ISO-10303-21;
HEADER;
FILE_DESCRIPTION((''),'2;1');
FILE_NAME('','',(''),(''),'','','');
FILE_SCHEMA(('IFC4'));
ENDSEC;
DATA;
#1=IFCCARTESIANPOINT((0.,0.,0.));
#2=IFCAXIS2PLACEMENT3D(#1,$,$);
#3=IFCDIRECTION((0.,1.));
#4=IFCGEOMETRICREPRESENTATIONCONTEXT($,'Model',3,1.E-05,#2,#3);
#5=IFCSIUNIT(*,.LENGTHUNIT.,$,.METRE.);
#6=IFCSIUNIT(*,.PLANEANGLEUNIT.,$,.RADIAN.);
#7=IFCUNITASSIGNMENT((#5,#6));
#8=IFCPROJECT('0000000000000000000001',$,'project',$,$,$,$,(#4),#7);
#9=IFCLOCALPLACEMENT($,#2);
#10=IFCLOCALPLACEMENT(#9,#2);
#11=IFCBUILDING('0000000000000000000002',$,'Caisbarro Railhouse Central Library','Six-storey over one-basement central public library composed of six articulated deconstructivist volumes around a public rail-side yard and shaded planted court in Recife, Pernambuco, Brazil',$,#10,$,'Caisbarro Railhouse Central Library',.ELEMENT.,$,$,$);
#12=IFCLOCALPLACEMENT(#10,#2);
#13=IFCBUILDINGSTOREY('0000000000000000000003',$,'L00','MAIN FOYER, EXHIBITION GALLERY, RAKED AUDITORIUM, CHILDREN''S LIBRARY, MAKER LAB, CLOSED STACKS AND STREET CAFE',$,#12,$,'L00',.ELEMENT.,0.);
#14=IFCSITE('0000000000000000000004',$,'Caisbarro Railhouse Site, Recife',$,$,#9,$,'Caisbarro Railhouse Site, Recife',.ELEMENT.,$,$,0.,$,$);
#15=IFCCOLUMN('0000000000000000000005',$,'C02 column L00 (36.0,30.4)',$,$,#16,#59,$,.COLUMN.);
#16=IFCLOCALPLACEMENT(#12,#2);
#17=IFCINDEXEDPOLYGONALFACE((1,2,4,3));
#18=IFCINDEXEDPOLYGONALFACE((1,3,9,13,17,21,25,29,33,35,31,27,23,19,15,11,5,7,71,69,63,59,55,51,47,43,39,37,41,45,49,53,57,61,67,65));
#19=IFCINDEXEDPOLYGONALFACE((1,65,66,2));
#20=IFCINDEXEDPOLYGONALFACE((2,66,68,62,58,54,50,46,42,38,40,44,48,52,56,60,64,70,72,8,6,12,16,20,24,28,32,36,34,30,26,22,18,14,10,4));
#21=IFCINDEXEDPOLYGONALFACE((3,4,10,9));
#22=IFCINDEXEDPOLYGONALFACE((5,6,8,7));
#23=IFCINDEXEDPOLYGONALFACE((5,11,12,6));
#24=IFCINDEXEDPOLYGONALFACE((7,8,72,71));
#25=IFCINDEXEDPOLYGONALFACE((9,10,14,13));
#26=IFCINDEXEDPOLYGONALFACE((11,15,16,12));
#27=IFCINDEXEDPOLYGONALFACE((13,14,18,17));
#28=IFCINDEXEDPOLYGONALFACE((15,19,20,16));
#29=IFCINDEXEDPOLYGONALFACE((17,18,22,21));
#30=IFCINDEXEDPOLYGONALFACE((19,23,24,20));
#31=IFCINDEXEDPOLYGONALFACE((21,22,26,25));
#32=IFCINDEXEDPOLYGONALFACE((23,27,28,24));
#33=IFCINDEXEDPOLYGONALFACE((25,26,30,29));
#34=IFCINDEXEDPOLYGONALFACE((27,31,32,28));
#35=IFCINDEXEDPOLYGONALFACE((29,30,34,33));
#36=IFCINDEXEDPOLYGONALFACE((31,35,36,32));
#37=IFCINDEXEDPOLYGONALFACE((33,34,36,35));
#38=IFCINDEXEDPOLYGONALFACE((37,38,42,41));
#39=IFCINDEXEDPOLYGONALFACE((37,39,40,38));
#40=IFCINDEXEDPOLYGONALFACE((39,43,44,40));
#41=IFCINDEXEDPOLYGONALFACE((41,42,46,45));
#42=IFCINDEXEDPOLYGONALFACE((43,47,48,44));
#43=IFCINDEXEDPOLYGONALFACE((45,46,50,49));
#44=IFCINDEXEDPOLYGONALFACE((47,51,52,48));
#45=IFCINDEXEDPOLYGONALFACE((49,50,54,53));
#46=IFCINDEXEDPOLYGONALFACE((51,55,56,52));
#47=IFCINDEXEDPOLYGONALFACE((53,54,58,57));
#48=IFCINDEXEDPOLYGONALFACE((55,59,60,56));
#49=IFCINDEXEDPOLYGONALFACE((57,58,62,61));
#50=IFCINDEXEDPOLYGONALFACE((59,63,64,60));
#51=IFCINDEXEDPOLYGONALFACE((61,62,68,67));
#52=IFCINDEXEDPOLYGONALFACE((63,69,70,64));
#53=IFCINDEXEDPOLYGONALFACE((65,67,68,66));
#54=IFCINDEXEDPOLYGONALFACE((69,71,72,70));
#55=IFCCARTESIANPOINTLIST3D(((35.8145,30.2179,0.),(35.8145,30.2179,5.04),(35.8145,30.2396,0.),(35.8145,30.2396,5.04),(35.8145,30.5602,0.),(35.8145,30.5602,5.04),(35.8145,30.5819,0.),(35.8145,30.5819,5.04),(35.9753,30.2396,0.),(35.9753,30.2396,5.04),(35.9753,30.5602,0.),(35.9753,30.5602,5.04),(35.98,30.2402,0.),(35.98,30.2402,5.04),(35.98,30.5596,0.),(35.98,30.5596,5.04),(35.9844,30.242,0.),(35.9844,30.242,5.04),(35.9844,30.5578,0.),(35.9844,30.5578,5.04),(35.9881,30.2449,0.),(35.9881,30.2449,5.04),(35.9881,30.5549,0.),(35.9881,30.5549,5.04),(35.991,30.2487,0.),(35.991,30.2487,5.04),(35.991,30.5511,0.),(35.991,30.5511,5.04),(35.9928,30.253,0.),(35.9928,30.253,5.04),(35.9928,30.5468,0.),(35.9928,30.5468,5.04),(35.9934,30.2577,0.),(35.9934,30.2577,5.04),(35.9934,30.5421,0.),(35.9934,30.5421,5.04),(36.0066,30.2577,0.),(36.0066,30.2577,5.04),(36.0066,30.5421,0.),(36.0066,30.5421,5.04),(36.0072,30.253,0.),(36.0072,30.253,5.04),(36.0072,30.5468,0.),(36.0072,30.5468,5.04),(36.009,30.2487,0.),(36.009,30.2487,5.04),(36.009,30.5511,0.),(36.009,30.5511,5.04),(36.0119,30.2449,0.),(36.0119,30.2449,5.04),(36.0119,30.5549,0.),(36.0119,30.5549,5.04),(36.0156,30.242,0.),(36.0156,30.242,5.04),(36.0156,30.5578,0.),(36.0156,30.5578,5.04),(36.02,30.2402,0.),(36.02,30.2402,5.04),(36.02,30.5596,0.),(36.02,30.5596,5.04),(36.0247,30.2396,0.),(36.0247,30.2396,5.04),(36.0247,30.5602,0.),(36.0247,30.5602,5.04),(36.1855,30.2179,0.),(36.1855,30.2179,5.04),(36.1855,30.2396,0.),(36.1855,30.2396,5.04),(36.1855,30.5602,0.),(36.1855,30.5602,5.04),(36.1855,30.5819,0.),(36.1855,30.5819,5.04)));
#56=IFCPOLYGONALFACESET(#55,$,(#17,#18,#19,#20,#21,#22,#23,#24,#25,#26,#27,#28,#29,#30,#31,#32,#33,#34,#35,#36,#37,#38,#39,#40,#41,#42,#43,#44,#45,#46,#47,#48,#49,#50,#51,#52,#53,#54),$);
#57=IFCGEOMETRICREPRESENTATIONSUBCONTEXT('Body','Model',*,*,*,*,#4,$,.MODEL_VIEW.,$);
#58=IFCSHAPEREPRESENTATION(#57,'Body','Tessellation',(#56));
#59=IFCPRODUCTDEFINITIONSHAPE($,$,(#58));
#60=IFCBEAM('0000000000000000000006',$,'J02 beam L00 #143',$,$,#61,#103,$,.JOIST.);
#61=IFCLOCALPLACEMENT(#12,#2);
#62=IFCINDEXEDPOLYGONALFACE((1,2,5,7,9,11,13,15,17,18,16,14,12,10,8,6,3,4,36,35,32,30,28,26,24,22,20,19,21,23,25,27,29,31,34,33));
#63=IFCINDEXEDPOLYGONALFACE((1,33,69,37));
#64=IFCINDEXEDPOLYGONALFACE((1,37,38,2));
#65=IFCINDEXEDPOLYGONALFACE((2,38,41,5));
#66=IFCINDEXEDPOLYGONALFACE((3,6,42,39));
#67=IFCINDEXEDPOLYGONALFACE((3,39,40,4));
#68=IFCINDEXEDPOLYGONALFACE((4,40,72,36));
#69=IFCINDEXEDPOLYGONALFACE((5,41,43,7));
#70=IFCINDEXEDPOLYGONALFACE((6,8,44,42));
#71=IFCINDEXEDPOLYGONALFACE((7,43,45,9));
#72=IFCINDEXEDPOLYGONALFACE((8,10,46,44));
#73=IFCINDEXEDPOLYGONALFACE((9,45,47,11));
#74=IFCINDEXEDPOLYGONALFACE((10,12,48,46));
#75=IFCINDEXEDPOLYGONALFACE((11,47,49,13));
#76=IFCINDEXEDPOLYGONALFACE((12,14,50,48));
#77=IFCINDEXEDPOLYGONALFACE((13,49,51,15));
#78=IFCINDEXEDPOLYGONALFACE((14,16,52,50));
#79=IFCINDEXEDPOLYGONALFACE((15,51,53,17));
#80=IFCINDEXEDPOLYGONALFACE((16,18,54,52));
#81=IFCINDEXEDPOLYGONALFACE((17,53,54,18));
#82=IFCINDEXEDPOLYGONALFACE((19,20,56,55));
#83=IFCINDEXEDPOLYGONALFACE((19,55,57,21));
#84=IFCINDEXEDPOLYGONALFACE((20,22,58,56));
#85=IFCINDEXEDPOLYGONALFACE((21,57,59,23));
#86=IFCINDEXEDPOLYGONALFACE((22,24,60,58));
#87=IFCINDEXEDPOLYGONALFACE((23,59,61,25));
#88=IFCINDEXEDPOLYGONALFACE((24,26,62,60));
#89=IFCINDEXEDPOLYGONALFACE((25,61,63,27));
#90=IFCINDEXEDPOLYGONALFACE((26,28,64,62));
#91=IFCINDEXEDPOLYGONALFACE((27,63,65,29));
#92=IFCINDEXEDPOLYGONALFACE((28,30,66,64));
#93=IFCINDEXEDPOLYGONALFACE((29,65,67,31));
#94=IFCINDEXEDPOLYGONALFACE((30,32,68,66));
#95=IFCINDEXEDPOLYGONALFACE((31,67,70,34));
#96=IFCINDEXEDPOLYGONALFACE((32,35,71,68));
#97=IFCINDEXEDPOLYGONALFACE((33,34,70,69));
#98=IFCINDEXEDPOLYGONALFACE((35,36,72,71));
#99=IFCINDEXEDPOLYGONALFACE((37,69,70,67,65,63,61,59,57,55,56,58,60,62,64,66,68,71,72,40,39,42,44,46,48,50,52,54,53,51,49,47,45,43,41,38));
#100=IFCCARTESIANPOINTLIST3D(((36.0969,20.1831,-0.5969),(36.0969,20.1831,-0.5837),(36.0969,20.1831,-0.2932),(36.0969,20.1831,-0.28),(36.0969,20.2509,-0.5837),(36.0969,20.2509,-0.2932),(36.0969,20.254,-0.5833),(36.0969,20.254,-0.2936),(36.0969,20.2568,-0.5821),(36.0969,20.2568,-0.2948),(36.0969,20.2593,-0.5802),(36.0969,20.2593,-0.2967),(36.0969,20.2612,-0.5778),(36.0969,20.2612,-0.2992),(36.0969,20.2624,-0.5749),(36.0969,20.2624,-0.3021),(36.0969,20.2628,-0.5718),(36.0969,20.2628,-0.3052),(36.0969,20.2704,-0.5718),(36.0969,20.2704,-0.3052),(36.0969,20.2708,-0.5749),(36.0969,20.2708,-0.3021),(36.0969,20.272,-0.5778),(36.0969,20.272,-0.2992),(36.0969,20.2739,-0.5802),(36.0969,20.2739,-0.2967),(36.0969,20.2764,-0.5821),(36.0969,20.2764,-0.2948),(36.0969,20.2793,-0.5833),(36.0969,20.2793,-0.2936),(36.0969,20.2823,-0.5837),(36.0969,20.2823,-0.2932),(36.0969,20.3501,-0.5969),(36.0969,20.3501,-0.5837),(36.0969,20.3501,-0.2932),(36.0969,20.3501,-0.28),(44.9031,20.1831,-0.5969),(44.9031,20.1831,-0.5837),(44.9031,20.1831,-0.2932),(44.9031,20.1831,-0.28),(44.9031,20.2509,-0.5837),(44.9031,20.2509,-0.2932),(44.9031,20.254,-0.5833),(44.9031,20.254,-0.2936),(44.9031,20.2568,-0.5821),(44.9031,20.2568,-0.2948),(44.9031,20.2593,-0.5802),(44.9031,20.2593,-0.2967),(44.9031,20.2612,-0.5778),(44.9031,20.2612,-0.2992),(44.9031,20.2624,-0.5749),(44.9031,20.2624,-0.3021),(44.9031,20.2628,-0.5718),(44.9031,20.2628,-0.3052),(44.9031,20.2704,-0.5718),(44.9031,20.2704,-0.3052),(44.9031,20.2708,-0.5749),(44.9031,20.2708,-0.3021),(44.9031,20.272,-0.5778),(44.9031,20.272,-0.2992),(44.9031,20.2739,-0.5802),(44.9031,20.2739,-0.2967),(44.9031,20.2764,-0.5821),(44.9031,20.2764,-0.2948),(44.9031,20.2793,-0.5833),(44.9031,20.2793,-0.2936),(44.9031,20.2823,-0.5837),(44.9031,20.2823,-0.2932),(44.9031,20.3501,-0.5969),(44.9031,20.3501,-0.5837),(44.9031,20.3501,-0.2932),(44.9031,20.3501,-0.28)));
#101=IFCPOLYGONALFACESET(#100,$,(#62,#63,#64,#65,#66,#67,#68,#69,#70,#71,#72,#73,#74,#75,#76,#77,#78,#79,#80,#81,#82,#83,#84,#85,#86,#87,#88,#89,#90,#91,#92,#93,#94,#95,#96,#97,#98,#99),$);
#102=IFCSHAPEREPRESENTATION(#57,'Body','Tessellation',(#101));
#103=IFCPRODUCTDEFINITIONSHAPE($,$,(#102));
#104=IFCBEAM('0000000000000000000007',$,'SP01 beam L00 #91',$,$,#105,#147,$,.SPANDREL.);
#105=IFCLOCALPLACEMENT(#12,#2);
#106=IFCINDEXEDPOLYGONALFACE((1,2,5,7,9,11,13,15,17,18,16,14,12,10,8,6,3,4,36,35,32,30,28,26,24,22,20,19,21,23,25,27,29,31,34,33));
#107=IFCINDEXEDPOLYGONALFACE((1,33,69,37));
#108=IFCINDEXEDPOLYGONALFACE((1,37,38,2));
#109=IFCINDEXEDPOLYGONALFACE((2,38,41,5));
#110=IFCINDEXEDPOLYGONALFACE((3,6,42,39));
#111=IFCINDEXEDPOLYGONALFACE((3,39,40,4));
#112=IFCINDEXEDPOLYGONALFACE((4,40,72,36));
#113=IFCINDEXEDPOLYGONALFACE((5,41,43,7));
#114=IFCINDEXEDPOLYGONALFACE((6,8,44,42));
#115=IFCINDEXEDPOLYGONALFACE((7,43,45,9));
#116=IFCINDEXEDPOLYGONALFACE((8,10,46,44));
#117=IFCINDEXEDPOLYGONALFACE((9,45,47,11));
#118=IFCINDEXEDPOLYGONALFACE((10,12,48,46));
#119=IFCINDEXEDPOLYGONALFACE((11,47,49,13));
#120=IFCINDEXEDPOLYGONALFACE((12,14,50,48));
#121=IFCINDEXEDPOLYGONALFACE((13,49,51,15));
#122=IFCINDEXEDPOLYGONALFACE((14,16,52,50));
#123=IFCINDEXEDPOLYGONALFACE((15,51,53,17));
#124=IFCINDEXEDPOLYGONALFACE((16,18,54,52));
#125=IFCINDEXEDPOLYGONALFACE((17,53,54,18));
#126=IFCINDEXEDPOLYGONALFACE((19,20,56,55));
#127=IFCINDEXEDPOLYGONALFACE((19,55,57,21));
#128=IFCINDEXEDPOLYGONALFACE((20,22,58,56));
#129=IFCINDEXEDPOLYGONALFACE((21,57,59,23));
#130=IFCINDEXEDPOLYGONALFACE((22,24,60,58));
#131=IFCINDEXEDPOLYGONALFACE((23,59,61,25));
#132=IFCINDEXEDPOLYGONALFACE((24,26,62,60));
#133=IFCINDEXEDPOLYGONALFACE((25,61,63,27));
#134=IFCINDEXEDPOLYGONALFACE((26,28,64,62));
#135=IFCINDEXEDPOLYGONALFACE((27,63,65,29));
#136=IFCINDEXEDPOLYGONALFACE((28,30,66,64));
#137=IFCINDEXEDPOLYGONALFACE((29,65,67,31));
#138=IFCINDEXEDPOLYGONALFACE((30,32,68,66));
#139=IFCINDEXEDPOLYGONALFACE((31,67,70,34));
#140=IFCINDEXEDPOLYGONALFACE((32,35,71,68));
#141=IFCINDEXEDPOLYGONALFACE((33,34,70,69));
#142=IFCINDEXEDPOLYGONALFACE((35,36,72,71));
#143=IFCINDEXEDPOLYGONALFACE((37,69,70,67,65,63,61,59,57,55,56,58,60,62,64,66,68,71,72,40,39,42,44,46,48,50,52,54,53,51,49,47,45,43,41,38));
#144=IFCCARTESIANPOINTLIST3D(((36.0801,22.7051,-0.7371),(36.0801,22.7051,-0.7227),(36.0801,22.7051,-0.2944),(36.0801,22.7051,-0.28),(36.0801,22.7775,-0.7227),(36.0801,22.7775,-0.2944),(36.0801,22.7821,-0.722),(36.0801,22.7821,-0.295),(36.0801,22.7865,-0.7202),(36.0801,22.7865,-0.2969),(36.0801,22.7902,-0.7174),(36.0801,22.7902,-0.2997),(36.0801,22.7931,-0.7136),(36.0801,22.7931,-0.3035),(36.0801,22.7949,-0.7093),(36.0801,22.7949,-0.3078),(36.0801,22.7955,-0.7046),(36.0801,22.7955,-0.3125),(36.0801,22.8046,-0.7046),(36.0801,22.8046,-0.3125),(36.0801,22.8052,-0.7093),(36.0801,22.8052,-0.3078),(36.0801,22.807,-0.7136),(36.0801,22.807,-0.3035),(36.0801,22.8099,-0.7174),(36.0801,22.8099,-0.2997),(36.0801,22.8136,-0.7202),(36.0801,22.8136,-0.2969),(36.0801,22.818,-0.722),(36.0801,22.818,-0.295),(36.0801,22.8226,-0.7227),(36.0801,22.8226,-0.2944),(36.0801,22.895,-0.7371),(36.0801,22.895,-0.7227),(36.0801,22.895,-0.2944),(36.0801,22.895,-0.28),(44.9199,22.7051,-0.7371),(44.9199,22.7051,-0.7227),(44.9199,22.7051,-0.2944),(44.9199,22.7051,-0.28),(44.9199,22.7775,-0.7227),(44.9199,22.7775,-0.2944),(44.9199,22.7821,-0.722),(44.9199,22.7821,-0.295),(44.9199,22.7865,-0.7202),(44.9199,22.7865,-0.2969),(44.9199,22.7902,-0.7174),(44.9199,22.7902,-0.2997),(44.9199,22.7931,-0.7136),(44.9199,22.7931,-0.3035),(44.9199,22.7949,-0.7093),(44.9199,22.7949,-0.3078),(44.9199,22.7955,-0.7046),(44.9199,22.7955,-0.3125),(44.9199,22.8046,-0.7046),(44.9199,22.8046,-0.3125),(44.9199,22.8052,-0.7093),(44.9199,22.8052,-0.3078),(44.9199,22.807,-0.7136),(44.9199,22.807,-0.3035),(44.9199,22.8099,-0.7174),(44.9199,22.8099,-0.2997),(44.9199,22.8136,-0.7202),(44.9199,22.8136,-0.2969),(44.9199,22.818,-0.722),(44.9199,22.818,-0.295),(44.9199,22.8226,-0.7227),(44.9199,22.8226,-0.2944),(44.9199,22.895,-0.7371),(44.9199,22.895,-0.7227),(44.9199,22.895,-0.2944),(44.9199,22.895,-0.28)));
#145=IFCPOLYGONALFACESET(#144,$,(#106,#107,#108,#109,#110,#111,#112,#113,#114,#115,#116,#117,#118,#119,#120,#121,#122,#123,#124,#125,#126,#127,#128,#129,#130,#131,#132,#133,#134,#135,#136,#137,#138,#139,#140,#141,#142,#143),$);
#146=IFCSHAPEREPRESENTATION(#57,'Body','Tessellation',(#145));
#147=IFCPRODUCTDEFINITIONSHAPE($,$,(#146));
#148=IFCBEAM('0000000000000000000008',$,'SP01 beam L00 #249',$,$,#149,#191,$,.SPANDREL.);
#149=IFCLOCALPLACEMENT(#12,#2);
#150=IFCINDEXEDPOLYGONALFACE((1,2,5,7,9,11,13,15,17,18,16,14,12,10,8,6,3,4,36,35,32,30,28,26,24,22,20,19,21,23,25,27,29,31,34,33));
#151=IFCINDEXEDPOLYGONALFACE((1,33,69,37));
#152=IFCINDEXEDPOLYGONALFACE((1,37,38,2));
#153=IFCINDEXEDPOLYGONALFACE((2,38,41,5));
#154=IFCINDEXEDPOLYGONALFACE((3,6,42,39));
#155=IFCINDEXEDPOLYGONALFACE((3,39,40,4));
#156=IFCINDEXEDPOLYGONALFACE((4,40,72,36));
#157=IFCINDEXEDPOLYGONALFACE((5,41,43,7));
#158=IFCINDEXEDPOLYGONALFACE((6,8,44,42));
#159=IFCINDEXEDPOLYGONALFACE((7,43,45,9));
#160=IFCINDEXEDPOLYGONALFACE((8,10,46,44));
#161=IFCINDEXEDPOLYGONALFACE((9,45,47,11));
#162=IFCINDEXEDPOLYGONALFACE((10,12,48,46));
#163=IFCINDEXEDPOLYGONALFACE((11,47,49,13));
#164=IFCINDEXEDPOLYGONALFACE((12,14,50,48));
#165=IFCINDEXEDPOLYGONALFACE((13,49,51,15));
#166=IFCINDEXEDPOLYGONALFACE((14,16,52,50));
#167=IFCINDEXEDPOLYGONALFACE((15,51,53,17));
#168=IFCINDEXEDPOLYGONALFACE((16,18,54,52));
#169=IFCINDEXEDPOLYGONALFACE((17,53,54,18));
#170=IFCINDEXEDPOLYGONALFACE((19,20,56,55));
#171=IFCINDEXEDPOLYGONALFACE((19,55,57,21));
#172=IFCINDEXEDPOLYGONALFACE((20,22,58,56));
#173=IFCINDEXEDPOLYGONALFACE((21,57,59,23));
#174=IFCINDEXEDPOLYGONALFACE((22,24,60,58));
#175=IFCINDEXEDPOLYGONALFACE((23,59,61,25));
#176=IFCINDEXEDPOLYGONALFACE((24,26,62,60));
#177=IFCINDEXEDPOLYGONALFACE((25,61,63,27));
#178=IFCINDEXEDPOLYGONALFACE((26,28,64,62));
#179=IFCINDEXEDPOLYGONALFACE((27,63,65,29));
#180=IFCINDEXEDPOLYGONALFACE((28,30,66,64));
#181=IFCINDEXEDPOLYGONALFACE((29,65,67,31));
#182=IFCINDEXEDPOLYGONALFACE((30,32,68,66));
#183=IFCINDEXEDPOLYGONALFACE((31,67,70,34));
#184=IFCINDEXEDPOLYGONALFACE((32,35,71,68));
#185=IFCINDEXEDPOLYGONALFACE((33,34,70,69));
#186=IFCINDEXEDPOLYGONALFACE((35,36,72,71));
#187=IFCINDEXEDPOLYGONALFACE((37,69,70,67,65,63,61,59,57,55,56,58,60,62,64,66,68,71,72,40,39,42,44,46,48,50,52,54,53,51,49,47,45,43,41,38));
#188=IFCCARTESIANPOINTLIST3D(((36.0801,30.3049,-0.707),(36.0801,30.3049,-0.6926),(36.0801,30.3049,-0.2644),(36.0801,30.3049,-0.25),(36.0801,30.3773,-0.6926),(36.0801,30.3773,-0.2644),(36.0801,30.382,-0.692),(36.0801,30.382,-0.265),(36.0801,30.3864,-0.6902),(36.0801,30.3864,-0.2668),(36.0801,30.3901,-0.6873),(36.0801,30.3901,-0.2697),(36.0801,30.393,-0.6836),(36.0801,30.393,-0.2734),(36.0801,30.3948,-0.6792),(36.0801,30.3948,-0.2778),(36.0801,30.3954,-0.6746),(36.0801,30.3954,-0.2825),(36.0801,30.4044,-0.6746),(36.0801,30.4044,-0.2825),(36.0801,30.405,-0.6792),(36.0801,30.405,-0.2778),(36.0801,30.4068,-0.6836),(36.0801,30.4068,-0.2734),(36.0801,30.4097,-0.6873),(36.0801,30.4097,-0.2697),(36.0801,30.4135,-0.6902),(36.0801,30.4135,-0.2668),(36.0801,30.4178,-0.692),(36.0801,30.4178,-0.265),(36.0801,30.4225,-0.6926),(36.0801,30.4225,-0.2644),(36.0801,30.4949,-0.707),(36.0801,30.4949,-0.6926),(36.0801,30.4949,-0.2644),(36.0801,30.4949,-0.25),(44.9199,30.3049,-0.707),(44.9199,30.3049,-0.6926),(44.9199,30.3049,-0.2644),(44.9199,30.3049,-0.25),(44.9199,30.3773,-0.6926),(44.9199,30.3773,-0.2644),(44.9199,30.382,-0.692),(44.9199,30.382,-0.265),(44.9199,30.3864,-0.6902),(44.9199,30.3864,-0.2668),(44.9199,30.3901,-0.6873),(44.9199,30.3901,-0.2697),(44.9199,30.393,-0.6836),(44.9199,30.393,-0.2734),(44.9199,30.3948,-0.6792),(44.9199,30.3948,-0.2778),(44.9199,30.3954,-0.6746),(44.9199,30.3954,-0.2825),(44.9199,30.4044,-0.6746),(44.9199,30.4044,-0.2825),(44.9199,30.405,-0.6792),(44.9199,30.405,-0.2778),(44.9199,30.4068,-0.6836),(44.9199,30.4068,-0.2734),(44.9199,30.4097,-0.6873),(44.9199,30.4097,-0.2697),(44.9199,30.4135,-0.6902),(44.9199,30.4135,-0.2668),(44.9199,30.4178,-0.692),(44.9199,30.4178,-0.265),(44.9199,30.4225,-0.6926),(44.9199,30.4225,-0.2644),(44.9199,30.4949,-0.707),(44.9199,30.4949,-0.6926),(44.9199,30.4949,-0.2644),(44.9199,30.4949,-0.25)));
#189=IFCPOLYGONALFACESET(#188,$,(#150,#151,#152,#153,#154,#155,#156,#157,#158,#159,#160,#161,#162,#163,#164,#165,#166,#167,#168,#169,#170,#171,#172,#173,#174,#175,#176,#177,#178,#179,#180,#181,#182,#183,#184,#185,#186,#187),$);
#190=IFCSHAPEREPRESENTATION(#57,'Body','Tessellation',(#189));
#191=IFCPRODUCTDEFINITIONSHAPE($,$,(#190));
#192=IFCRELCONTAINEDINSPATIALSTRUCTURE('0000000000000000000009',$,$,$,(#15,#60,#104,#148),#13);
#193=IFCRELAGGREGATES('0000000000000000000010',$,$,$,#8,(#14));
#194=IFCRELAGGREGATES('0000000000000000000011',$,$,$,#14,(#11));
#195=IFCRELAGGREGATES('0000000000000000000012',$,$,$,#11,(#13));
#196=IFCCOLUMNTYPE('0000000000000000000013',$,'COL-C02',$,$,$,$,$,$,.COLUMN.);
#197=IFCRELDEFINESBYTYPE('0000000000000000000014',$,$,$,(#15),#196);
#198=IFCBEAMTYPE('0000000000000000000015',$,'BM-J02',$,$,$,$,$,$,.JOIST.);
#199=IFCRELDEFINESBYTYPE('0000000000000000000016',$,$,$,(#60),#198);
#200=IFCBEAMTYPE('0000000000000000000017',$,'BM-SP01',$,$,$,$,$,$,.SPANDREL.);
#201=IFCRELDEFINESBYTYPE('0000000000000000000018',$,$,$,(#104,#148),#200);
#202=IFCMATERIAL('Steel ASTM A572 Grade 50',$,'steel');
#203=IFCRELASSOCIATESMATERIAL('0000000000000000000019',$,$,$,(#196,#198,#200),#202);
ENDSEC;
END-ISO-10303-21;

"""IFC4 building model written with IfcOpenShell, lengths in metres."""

from ifc_helpers import new_model, si_unit, direction, frame, origin, origin_2d, place, context, subcontext, project, spatial, i_section, extrude, material, material_profile, profile_set, type_object, element, save


model = new_model("IFC4")

# Units and contexts
model_context = context("Model", 3, precision=1e-05, world=origin(), true_north=direction((0.0, 1.0)))
body_context = subcontext(model_context, "Body", "Model", "MODEL_VIEW")
ifc_project = project(units=[si_unit("LENGTHUNIT", "METRE"), si_unit("PLANEANGLEUNIT", "RADIAN")], contexts=[model_context])

# Site, building, storey
site_placement = place(None, origin())
site = spatial("IfcSite", under=ifc_project, at=site_placement, Name="Caisbarro Railhouse Site, Recife", LongName="Caisbarro Railhouse Site, Recife", CompositionType="ELEMENT", RefElevation=0.0)
building_placement = place(site_placement, origin())
building = spatial("IfcBuilding", under=site, at=building_placement, Name="Caisbarro Railhouse Central Library", Description="Six-storey over one-basement central public library composed of six articulated deconstructivist volumes around a public rail-side yard and shaded planted court in Recife, Pernambuco, Brazil", LongName="Caisbarro Railhouse Central Library", CompositionType="ELEMENT")
storey_placement = place(building_placement, origin())
storey = spatial("IfcBuildingStorey", under=building, at=storey_placement, Name="L00", Description="MAIN FOYER, EXHIBITION GALLERY, RAKED AUDITORIUM, CHILDREN'S LIBRARY, MAKER LAB, CLOSED STACKS AND STREET CAFE", LongName="L00", CompositionType="ELEMENT", Elevation=0.0)

# Column
ifc_material_1 = material(Name="Steel ASTM A572 Grade 50", Category="steel")
ifc_material_profile_1 = material_profile(ifc_material_1, i_section(OverallWidth=0.3711, OverallDepth=0.364, WebThickness=0.0132, FlangeThickness=0.0217, FilletRadius=0.0181, at=origin_2d()), Name="W360X162.0")
ifc_profile_set_1 = profile_set([ifc_material_profile_1], Name="Steel ASTM A572 Grade 50")
column_type = type_object("IfcColumnType", Name="COL-C02", PredefinedType="COLUMN", material=ifc_profile_set_1)
column_placement = place(storey_placement, frame((36.0, 30.3999, 0.0), z_axis=(0.0, 0.0, 1.0), x_axis=(1.0, 0.0, 0.0)))
element("IfcColumn", 1, at=column_placement, inside=storey, type_object=column_type, Name="C02 column L00 (36.0,30.4)", PredefinedType="COLUMN", context=body_context, shape_type="SweptSolid", body=[
    extrude(i_section(OverallWidth=0.3711, OverallDepth=0.364, WebThickness=0.0132, FlangeThickness=0.0217, FilletRadius=0.0181, at=origin_2d()), origin(), (0.0, 0.0, 1.0), 5.04),
])

# Beams
ifc_material_profile_2 = material_profile(ifc_material_1, i_section(OverallWidth=0.167, OverallDepth=0.3169, WebThickness=0.0076, FlangeThickness=0.0132, FilletRadius=0.012, at=origin_2d()), Name="W310X52.0")
ifc_profile_set_2 = profile_set([ifc_material_profile_2], Name="Steel ASTM A572 Grade 50")
beam_type_1 = type_object("IfcBeamType", Name="BM-J02", PredefinedType="JOIST", material=ifc_profile_set_2)
beam_placement = place(storey_placement, frame((36.0969, 20.2666, -0.4385), z_axis=(1.0, 0.0, 0.0), x_axis=(0.0, 1.0, 0.0)))
element("IfcBeam", 2, at=beam_placement, inside=storey, type_object=beam_type_1, Name="J02 beam L00 #143", PredefinedType="JOIST", context=body_context, shape_type="SweptSolid", body=[
    extrude(i_section(OverallWidth=0.167, OverallDepth=0.3169, WebThickness=0.0076, FlangeThickness=0.0132, FilletRadius=0.012, at=origin_2d()), origin(), (0.0, 0.0, 1.0), 8.8062),
])
ifc_material_profile_3 = material_profile(ifc_material_1, i_section(OverallWidth=0.1899, OverallDepth=0.457, WebThickness=0.009, FlangeThickness=0.0144, FilletRadius=0.0181, at=origin_2d()), Name="W460X74.0")
ifc_profile_set_3 = profile_set([ifc_material_profile_3], Name="Steel ASTM A572 Grade 50")
beam_type_2 = type_object("IfcBeamType", Name="BM-SP01", PredefinedType="SPANDREL", material=ifc_profile_set_3)
for number, where, z_axis, x_axis, name in (
    (3, (36.0801, 22.8, -0.5085), (1.0, 0.0, 0.0), (0.0, 1.0, 0.0), "SP01 beam L00 #91"),
    (4, (36.0801, 30.3999, -0.4785), (1.0, 0.0, 0.0), (0.0, 1.0, 0.0), "SP01 beam L00 #249"),
):
    element("IfcBeam", number, at=place(storey_placement, frame(where, z_axis=z_axis, x_axis=x_axis)), inside=storey, type_object=beam_type_2, Name=name, PredefinedType="SPANDREL", context=body_context, shape_type="SweptSolid", body=[
        extrude(i_section(OverallWidth=0.1899, OverallDepth=0.457, WebThickness=0.009, FlangeThickness=0.0144, FilletRadius=0.0181, at=origin_2d()), origin(), (0.0, 0.0, 1.0), 8.8398),
    ])

save(model, "model.ifc")
